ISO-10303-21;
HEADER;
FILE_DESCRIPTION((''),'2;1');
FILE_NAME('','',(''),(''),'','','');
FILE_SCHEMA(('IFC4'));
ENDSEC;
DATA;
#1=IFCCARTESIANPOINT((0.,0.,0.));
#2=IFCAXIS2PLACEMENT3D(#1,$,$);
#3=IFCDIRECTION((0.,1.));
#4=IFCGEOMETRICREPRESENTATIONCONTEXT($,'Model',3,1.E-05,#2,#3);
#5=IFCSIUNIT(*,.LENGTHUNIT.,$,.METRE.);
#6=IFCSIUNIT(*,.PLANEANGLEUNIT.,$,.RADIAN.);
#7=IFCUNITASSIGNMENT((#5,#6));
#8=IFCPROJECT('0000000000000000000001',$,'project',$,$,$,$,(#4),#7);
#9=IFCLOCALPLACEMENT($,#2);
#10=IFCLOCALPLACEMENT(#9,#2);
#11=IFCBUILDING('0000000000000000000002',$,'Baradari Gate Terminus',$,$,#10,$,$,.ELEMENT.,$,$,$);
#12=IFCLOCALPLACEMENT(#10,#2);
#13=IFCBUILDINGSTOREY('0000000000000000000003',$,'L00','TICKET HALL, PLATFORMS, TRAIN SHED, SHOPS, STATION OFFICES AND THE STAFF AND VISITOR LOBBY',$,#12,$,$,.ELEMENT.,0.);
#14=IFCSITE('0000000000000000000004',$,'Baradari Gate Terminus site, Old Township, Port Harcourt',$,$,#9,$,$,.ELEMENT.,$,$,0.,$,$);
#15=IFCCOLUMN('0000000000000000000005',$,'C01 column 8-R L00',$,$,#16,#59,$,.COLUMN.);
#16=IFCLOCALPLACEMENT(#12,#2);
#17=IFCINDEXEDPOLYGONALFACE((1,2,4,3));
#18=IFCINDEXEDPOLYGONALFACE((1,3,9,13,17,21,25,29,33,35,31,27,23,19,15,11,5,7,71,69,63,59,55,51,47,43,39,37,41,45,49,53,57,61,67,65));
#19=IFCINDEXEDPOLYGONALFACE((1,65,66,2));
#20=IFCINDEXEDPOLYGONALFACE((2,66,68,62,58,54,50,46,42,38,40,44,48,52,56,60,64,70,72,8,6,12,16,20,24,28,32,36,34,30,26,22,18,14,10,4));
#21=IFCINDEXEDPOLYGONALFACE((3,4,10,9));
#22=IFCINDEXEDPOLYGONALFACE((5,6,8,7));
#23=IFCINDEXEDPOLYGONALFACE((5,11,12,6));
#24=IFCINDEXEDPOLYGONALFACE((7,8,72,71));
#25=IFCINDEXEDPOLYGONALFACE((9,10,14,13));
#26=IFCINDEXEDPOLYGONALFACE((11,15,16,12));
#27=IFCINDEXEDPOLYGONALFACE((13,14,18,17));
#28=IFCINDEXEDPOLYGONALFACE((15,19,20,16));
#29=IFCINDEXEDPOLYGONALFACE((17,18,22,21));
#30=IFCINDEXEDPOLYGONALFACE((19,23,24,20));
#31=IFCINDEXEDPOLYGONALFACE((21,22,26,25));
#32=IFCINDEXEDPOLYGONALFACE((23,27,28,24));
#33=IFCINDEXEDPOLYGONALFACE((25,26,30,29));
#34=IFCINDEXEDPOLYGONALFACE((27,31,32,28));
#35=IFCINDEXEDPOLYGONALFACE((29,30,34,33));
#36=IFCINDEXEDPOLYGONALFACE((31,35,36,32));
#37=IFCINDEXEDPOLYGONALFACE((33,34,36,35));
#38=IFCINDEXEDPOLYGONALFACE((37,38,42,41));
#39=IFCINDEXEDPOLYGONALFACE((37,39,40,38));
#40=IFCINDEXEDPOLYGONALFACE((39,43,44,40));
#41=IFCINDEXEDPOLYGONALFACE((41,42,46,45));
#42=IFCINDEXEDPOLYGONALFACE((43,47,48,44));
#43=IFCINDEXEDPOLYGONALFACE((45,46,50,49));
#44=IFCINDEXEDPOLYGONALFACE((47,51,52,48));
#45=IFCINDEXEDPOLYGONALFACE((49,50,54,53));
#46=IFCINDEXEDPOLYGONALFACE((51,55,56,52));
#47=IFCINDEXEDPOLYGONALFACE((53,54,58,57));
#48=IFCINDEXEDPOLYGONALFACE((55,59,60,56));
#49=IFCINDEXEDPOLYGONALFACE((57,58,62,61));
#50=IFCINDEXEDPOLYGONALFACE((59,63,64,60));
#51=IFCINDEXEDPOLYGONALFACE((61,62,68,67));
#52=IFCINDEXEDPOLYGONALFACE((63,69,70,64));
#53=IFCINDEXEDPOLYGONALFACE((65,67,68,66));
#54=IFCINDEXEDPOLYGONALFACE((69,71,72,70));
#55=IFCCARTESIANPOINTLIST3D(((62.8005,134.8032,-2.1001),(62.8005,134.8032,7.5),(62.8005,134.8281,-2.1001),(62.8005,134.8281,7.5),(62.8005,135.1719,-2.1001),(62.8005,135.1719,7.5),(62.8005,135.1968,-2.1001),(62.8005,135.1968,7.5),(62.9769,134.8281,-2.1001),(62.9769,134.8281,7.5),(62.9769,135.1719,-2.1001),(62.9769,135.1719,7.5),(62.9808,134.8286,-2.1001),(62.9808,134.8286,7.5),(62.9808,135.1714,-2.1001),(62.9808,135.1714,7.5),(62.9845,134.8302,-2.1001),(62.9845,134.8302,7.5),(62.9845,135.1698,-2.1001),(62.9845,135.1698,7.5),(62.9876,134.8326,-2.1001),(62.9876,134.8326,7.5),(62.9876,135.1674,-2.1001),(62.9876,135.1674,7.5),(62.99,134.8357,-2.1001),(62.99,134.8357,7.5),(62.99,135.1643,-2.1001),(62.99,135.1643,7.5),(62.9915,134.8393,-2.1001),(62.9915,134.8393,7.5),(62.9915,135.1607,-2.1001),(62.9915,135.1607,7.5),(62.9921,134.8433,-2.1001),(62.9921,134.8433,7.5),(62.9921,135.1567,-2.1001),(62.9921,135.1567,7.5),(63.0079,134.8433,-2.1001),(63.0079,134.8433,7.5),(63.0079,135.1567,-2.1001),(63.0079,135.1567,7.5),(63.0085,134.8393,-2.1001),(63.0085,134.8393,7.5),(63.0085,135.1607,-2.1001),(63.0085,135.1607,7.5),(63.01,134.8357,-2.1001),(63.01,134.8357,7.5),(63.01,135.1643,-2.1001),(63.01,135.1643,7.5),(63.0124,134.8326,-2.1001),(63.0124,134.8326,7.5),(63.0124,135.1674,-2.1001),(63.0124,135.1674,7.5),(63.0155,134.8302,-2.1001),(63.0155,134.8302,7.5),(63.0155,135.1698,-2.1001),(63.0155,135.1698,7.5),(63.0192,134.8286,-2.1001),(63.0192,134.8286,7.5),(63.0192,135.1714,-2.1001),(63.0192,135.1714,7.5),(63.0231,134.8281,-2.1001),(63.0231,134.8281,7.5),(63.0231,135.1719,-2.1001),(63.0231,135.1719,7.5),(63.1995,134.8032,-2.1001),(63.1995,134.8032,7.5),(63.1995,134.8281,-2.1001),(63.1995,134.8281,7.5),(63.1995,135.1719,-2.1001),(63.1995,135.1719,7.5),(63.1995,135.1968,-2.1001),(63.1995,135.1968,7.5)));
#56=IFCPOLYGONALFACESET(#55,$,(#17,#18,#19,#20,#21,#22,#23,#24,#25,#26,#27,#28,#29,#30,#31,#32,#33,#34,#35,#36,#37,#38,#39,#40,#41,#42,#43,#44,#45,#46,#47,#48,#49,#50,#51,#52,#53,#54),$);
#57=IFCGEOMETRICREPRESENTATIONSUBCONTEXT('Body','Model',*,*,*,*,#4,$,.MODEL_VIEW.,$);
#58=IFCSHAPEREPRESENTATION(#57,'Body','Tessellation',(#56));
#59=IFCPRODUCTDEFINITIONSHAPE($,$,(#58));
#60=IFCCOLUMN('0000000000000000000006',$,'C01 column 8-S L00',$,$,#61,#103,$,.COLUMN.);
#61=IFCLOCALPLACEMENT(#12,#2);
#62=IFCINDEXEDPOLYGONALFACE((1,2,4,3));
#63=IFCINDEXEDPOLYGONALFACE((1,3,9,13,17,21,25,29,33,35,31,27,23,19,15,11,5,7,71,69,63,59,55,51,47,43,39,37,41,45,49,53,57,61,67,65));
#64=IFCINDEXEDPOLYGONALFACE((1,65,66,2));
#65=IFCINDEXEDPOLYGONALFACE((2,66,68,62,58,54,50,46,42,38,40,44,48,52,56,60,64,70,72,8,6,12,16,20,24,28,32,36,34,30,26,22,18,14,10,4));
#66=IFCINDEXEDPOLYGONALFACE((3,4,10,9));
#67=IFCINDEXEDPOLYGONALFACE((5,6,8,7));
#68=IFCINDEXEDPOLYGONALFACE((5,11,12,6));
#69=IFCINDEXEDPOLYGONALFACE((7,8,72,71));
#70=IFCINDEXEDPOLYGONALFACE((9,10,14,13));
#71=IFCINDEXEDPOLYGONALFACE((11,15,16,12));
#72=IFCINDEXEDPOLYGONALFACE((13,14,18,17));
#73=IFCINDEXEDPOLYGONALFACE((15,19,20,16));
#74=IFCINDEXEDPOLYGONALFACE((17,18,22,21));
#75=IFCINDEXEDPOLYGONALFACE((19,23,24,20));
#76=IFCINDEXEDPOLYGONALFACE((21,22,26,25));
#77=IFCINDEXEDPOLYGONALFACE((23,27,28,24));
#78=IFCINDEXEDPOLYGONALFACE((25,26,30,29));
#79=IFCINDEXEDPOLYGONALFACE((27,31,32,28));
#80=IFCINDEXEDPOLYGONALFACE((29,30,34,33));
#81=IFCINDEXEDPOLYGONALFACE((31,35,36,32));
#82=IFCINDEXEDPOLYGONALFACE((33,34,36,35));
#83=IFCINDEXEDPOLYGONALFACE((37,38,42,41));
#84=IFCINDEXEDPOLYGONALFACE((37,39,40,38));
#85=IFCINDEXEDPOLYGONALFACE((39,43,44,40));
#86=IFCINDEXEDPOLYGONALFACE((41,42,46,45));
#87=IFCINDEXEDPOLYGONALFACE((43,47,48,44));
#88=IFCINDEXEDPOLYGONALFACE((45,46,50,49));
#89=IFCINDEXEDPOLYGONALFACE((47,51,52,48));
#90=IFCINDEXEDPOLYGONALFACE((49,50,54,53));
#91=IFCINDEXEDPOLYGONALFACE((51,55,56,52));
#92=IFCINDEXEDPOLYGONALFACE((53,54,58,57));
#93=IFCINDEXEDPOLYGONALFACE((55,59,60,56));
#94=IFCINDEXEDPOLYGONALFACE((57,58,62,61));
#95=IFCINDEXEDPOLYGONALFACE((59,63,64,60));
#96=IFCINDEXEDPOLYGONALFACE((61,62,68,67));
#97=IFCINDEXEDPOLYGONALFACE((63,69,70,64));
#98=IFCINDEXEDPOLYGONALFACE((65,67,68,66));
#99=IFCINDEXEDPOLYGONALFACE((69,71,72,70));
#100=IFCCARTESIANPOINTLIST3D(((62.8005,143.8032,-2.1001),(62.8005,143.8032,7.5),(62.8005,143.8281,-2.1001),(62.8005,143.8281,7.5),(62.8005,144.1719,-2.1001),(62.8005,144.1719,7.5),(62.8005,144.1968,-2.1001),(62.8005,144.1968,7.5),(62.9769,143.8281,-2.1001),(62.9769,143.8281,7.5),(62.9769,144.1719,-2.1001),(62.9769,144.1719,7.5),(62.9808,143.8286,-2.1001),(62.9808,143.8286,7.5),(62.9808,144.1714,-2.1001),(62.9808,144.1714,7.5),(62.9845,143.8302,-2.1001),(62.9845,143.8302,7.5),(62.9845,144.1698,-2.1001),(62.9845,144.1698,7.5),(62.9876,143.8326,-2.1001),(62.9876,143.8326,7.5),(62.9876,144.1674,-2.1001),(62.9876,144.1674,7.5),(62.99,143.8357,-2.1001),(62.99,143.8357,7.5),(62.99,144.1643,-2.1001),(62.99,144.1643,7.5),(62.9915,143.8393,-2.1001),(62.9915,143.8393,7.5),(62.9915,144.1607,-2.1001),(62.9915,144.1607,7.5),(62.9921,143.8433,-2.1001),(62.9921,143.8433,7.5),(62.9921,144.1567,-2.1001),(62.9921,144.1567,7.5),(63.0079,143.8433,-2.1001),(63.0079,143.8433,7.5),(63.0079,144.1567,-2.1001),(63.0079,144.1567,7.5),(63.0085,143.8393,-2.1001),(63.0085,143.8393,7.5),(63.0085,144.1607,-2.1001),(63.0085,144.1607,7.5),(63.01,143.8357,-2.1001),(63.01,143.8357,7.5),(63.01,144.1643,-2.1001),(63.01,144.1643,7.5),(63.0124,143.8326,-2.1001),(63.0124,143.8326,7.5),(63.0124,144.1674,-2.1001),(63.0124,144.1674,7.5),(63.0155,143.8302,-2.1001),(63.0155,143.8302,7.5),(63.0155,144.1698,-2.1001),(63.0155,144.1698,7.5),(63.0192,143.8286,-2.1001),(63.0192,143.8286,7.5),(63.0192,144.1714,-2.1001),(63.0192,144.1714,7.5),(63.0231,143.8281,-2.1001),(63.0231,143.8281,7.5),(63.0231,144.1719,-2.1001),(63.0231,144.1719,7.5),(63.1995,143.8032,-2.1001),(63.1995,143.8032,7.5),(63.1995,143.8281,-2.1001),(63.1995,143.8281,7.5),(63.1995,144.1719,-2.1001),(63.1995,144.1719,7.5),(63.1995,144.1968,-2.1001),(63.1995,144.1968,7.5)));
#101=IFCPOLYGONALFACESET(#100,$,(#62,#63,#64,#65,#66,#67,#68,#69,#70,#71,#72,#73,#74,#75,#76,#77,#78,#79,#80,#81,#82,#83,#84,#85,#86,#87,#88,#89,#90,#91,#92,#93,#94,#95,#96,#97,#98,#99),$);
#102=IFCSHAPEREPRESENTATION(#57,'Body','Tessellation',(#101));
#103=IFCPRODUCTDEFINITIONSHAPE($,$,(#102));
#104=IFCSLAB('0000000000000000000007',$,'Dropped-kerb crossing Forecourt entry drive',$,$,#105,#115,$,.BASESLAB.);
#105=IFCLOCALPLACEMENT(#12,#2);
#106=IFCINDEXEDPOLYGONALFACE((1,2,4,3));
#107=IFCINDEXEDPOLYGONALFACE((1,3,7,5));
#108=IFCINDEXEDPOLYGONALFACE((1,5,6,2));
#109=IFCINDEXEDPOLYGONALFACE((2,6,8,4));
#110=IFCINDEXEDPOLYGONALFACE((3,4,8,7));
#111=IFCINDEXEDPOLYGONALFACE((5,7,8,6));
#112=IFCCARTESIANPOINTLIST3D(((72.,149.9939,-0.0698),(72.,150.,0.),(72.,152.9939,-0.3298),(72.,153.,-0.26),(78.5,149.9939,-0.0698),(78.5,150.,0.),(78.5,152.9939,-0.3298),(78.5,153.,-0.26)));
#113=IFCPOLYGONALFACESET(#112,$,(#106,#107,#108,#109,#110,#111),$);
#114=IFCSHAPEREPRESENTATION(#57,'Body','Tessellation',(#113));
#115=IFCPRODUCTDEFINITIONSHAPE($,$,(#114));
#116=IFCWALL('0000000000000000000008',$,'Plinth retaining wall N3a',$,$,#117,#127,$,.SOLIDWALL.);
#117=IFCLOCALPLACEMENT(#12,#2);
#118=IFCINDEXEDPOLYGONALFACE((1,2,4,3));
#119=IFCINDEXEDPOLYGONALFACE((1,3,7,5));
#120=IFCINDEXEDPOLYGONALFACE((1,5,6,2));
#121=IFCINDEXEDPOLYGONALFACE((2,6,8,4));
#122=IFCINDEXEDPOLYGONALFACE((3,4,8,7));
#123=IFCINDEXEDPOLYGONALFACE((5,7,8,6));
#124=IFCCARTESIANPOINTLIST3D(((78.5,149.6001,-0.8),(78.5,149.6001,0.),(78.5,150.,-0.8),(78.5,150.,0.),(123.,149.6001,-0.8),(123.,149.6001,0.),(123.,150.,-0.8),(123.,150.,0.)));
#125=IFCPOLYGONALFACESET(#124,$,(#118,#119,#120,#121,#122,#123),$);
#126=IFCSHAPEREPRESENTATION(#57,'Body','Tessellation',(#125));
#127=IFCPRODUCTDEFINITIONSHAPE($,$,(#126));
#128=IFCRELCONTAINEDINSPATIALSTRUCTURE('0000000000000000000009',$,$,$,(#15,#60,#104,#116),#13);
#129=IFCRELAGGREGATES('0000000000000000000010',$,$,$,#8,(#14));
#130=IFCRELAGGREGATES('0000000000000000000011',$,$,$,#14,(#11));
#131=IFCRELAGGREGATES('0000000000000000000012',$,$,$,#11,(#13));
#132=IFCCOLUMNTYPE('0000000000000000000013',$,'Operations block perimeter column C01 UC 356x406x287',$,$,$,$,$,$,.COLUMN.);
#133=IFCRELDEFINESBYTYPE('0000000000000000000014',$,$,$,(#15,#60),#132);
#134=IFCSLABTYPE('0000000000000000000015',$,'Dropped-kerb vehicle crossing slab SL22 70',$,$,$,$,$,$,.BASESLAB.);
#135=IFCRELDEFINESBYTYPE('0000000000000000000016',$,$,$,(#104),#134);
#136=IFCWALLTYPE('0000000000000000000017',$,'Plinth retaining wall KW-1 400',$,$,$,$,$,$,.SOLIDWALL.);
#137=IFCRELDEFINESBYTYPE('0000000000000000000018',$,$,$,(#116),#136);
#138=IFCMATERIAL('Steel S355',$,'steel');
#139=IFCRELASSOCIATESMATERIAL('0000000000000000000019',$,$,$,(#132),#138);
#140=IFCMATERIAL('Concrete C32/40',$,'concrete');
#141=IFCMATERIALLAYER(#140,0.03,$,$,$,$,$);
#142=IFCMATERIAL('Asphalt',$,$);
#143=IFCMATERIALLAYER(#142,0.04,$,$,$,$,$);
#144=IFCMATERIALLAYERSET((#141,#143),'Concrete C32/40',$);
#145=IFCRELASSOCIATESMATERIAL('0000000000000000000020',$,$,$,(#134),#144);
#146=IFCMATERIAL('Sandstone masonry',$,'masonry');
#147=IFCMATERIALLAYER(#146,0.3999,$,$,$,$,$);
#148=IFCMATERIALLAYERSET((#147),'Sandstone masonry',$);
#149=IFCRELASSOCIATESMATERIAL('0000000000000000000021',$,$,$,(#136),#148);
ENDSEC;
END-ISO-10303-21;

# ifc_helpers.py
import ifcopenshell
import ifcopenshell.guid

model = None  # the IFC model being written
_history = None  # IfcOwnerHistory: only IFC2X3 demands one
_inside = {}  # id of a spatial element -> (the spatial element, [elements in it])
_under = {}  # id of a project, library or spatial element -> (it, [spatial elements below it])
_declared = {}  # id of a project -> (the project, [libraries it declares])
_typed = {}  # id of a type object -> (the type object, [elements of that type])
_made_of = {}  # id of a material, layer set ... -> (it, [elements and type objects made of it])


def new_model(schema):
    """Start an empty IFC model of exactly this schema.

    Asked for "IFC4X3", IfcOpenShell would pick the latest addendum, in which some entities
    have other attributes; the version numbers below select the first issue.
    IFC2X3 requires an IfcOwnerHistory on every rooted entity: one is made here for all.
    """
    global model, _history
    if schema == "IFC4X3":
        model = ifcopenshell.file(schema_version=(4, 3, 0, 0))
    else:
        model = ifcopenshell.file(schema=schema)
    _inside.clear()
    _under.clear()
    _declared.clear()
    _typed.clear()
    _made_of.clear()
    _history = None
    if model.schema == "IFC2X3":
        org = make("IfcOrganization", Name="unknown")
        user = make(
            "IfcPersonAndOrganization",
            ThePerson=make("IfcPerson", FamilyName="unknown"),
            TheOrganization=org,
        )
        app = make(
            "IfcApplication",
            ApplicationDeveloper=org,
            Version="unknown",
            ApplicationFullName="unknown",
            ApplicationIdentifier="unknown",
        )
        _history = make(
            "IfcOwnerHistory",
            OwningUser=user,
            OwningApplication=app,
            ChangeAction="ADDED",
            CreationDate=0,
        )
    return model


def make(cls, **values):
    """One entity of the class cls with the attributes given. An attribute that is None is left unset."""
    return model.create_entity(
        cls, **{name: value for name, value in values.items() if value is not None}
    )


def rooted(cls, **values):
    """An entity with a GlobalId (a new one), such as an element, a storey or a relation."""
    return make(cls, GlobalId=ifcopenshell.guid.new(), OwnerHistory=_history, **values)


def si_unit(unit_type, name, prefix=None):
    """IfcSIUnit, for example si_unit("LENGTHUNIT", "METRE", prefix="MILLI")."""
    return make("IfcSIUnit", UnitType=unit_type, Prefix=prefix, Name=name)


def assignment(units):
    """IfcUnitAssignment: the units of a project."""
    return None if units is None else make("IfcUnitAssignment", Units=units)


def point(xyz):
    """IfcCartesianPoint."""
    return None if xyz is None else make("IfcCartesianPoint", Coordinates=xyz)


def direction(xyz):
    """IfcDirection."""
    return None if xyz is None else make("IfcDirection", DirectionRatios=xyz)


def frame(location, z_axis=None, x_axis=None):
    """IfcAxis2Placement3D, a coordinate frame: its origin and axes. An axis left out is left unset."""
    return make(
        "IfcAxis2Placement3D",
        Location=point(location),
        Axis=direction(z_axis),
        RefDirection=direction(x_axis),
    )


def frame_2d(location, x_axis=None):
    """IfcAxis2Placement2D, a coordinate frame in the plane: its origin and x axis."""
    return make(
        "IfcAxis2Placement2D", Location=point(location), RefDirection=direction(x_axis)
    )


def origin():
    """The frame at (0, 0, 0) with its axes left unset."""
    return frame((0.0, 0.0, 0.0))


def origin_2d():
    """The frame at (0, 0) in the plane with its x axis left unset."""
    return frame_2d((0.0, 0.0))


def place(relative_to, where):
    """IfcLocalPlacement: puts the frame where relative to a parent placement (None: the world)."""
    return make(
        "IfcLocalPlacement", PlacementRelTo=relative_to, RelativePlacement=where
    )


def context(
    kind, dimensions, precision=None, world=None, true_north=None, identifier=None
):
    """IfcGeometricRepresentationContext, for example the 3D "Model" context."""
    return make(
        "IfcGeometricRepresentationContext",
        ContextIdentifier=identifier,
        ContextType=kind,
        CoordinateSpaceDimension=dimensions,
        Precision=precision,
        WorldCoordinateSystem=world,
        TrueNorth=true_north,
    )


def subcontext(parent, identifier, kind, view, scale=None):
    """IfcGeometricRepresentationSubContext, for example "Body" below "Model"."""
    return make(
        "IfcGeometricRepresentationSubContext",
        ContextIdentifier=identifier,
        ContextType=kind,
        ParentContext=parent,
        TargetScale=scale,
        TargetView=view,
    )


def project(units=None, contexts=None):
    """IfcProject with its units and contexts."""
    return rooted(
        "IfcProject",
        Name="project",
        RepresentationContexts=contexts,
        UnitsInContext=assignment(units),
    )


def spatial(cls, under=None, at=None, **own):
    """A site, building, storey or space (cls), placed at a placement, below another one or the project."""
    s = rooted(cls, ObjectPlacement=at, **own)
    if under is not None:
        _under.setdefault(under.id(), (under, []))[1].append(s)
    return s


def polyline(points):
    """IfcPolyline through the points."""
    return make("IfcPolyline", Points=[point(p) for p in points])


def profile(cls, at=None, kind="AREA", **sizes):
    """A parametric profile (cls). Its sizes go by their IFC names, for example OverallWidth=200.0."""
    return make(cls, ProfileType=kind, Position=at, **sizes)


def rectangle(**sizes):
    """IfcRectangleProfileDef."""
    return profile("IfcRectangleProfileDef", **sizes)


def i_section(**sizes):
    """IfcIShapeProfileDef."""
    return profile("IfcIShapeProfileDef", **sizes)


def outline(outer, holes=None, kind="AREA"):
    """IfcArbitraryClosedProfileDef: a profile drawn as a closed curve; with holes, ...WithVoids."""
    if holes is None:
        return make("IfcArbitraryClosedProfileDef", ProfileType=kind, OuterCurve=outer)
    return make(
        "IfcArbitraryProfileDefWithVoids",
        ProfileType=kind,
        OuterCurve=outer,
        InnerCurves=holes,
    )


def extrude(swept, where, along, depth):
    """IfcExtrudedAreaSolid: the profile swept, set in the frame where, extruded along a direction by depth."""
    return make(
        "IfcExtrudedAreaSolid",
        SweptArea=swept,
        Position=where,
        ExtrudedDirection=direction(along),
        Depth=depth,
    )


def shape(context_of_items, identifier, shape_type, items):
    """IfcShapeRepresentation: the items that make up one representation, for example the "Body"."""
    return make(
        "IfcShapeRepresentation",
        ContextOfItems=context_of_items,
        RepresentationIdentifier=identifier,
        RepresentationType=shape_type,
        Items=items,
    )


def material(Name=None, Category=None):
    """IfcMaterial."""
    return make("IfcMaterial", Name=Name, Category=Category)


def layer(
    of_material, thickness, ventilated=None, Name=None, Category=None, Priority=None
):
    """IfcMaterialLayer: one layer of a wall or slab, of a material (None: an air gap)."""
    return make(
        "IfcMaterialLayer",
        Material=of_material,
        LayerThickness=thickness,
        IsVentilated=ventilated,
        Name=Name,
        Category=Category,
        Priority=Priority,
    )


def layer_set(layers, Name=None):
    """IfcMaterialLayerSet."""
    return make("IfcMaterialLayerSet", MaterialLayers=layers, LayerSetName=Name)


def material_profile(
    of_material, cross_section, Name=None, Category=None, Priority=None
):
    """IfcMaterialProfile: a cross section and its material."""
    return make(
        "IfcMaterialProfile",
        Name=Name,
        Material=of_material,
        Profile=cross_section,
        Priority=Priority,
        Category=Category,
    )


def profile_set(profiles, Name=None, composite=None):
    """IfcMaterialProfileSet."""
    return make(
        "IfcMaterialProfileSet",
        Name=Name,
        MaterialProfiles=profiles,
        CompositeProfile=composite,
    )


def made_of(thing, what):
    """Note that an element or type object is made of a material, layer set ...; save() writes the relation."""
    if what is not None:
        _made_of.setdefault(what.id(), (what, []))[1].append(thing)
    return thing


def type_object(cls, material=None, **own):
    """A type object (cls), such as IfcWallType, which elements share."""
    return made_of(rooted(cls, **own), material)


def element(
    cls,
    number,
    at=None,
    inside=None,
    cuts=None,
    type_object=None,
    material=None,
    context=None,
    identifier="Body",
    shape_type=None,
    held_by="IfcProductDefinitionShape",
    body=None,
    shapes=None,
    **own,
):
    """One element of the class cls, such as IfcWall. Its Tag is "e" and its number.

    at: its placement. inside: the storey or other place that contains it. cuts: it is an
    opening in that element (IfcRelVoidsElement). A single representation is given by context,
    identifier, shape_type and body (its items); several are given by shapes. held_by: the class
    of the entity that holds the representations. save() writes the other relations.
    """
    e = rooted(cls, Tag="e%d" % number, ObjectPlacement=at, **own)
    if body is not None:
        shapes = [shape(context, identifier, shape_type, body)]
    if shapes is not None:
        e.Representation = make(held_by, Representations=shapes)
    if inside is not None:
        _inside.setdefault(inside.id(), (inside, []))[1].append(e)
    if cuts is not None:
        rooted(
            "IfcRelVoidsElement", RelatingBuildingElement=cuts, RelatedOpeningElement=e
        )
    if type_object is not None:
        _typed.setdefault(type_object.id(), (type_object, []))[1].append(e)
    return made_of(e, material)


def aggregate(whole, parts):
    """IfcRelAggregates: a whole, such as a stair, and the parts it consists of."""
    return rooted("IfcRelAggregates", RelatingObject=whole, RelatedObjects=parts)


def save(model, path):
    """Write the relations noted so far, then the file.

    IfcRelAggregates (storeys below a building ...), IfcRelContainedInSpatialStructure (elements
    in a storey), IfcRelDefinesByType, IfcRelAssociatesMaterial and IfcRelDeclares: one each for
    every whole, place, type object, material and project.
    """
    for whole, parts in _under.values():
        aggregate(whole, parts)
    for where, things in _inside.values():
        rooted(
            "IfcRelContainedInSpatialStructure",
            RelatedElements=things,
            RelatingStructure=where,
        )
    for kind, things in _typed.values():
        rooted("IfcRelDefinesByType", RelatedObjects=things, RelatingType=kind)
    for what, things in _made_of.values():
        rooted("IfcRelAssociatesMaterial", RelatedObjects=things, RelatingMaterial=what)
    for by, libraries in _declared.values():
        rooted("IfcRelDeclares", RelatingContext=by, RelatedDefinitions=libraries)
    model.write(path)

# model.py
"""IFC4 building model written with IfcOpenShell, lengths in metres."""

from ifc_helpers import new_model, si_unit, direction, frame, frame_2d, origin, origin_2d, place, context, subcontext, project, spatial, polyline, rectangle, i_section, outline, extrude, material, layer, layer_set, material_profile, profile_set, type_object, element, save


model = new_model("IFC4")

# Units and contexts
model_context = context("Model", 3, precision=1e-05, world=origin(), true_north=direction((0.0, 1.0)))
body_context = subcontext(model_context, "Body", "Model", "MODEL_VIEW")
ifc_project = project(units=[si_unit("LENGTHUNIT", "METRE"), si_unit("PLANEANGLEUNIT", "RADIAN")], contexts=[model_context])

# Site, building, storey
site_placement = place(None, origin())
site = spatial("IfcSite", under=ifc_project, at=site_placement, Name="Baradari Gate Terminus site, Old Township, Port Harcourt", CompositionType="ELEMENT", RefElevation=0.0)
building_placement = place(site_placement, origin())
building = spatial("IfcBuilding", under=site, at=building_placement, Name="Baradari Gate Terminus", CompositionType="ELEMENT")
storey_placement = place(building_placement, origin())
storey = spatial("IfcBuildingStorey", under=building, at=storey_placement, Name="L00", Description="TICKET HALL, PLATFORMS, TRAIN SHED, SHOPS, STATION OFFICES AND THE STAFF AND VISITOR LOBBY", CompositionType="ELEMENT", Elevation=0.0)

# Columns
ifc_material_1 = material(Name="Steel S355", Category="steel")
ifc_material_profile = material_profile(ifc_material_1, i_section(OverallWidth=0.3989, OverallDepth=0.3936, WebThickness=0.0159, FlangeThickness=0.0249, FilletRadius=0.0151, at=origin_2d()), Name="UC 356x406x287")
ifc_profile_set = profile_set([ifc_material_profile], Name="Steel S355")
column_type = type_object("IfcColumnType", Name="Operations block perimeter column C01 UC 356x406x287", PredefinedType="COLUMN", material=ifc_profile_set)
for number, where, z_axis, x_axis, name in (
    (1, (63.0, 135.0, -2.1001), (0.0, 0.0, 1.0), (1.0, 0.0, 0.0), "C01 column 8-R L00"),
    (2, (63.0, 144.0, -2.1001), (0.0, 0.0, 1.0), (1.0, 0.0, 0.0), "C01 column 8-S L00"),
):
    element("IfcColumn", number, at=place(storey_placement, frame(where, z_axis=z_axis, x_axis=x_axis)), inside=storey, type_object=column_type, Name=name, PredefinedType="COLUMN", context=body_context, shape_type="SweptSolid", body=[
        extrude(i_section(OverallWidth=0.3989, OverallDepth=0.3936, WebThickness=0.0159, FlangeThickness=0.0249, FilletRadius=0.0151, at=origin_2d()), origin(), (0.0, 0.0, 1.0), 9.6001),
    ])

# Slab
ifc_material_2 = material(Name="Concrete C32/40", Category="concrete")
ifc_layer_1 = layer(ifc_material_2, 0.03)
ifc_material_3 = material(Name="Asphalt")
ifc_layer_2 = layer(ifc_material_3, 0.04)
ifc_layer_set_1 = layer_set([ifc_layer_1, ifc_layer_2], Name="Concrete C32/40")
slab_type = type_object("IfcSlabType", Name="Dropped-kerb vehicle crossing slab SL22 70", PredefinedType="BASESLAB", material=ifc_layer_set_1)
slab_placement = place(storey_placement, frame((72.0, 153.0, -0.26), z_axis=(0.0, 0.086346, 0.996265), x_axis=(1.0, 0.0, 0.0)))
element("IfcSlab", 3, at=slab_placement, inside=storey, type_object=slab_type, Name="Dropped-kerb crossing Forecourt entry drive", PredefinedType="BASESLAB", context=body_context, shape_type="SweptSolid", body=[
    extrude(outline(polyline([(0.0, 0.0), (6.5, 0.0), (6.5, -3.0112), (0.0, -3.0112), (0.0, 0.0)])), origin(), (0.0, 0.0, -1.0), 0.0701),
])

# Wall
ifc_material_4 = material(Name="Sandstone masonry", Category="masonry")
ifc_layer_3 = layer(ifc_material_4, 0.3999)
ifc_layer_set_2 = layer_set([ifc_layer_3], Name="Sandstone masonry")
wall_type_1 = type_object("IfcWallType", Name="Plinth retaining wall KW-1 400", PredefinedType="SOLIDWALL", material=ifc_layer_set_2)
wall_1_placement = place(storey_placement, frame((78.5, 149.8, -0.8), z_axis=(0.0, 0.0, 1.0), x_axis=(1.0, 0.0, 0.0)))
element("IfcWall", 4, at=wall_1_placement, inside=storey, type_object=wall_type_1, Name="Plinth retaining wall N3a", PredefinedType="SOLIDWALL", context=body_context, shape_type="SweptSolid", body=[
    extrude(rectangle(XDim=44.5, YDim=0.3999, at=frame_2d((22.25, 0.0))), origin(), (0.0, 0.0, 1.0), 0.8),
])

save(model, "model.ifc")
